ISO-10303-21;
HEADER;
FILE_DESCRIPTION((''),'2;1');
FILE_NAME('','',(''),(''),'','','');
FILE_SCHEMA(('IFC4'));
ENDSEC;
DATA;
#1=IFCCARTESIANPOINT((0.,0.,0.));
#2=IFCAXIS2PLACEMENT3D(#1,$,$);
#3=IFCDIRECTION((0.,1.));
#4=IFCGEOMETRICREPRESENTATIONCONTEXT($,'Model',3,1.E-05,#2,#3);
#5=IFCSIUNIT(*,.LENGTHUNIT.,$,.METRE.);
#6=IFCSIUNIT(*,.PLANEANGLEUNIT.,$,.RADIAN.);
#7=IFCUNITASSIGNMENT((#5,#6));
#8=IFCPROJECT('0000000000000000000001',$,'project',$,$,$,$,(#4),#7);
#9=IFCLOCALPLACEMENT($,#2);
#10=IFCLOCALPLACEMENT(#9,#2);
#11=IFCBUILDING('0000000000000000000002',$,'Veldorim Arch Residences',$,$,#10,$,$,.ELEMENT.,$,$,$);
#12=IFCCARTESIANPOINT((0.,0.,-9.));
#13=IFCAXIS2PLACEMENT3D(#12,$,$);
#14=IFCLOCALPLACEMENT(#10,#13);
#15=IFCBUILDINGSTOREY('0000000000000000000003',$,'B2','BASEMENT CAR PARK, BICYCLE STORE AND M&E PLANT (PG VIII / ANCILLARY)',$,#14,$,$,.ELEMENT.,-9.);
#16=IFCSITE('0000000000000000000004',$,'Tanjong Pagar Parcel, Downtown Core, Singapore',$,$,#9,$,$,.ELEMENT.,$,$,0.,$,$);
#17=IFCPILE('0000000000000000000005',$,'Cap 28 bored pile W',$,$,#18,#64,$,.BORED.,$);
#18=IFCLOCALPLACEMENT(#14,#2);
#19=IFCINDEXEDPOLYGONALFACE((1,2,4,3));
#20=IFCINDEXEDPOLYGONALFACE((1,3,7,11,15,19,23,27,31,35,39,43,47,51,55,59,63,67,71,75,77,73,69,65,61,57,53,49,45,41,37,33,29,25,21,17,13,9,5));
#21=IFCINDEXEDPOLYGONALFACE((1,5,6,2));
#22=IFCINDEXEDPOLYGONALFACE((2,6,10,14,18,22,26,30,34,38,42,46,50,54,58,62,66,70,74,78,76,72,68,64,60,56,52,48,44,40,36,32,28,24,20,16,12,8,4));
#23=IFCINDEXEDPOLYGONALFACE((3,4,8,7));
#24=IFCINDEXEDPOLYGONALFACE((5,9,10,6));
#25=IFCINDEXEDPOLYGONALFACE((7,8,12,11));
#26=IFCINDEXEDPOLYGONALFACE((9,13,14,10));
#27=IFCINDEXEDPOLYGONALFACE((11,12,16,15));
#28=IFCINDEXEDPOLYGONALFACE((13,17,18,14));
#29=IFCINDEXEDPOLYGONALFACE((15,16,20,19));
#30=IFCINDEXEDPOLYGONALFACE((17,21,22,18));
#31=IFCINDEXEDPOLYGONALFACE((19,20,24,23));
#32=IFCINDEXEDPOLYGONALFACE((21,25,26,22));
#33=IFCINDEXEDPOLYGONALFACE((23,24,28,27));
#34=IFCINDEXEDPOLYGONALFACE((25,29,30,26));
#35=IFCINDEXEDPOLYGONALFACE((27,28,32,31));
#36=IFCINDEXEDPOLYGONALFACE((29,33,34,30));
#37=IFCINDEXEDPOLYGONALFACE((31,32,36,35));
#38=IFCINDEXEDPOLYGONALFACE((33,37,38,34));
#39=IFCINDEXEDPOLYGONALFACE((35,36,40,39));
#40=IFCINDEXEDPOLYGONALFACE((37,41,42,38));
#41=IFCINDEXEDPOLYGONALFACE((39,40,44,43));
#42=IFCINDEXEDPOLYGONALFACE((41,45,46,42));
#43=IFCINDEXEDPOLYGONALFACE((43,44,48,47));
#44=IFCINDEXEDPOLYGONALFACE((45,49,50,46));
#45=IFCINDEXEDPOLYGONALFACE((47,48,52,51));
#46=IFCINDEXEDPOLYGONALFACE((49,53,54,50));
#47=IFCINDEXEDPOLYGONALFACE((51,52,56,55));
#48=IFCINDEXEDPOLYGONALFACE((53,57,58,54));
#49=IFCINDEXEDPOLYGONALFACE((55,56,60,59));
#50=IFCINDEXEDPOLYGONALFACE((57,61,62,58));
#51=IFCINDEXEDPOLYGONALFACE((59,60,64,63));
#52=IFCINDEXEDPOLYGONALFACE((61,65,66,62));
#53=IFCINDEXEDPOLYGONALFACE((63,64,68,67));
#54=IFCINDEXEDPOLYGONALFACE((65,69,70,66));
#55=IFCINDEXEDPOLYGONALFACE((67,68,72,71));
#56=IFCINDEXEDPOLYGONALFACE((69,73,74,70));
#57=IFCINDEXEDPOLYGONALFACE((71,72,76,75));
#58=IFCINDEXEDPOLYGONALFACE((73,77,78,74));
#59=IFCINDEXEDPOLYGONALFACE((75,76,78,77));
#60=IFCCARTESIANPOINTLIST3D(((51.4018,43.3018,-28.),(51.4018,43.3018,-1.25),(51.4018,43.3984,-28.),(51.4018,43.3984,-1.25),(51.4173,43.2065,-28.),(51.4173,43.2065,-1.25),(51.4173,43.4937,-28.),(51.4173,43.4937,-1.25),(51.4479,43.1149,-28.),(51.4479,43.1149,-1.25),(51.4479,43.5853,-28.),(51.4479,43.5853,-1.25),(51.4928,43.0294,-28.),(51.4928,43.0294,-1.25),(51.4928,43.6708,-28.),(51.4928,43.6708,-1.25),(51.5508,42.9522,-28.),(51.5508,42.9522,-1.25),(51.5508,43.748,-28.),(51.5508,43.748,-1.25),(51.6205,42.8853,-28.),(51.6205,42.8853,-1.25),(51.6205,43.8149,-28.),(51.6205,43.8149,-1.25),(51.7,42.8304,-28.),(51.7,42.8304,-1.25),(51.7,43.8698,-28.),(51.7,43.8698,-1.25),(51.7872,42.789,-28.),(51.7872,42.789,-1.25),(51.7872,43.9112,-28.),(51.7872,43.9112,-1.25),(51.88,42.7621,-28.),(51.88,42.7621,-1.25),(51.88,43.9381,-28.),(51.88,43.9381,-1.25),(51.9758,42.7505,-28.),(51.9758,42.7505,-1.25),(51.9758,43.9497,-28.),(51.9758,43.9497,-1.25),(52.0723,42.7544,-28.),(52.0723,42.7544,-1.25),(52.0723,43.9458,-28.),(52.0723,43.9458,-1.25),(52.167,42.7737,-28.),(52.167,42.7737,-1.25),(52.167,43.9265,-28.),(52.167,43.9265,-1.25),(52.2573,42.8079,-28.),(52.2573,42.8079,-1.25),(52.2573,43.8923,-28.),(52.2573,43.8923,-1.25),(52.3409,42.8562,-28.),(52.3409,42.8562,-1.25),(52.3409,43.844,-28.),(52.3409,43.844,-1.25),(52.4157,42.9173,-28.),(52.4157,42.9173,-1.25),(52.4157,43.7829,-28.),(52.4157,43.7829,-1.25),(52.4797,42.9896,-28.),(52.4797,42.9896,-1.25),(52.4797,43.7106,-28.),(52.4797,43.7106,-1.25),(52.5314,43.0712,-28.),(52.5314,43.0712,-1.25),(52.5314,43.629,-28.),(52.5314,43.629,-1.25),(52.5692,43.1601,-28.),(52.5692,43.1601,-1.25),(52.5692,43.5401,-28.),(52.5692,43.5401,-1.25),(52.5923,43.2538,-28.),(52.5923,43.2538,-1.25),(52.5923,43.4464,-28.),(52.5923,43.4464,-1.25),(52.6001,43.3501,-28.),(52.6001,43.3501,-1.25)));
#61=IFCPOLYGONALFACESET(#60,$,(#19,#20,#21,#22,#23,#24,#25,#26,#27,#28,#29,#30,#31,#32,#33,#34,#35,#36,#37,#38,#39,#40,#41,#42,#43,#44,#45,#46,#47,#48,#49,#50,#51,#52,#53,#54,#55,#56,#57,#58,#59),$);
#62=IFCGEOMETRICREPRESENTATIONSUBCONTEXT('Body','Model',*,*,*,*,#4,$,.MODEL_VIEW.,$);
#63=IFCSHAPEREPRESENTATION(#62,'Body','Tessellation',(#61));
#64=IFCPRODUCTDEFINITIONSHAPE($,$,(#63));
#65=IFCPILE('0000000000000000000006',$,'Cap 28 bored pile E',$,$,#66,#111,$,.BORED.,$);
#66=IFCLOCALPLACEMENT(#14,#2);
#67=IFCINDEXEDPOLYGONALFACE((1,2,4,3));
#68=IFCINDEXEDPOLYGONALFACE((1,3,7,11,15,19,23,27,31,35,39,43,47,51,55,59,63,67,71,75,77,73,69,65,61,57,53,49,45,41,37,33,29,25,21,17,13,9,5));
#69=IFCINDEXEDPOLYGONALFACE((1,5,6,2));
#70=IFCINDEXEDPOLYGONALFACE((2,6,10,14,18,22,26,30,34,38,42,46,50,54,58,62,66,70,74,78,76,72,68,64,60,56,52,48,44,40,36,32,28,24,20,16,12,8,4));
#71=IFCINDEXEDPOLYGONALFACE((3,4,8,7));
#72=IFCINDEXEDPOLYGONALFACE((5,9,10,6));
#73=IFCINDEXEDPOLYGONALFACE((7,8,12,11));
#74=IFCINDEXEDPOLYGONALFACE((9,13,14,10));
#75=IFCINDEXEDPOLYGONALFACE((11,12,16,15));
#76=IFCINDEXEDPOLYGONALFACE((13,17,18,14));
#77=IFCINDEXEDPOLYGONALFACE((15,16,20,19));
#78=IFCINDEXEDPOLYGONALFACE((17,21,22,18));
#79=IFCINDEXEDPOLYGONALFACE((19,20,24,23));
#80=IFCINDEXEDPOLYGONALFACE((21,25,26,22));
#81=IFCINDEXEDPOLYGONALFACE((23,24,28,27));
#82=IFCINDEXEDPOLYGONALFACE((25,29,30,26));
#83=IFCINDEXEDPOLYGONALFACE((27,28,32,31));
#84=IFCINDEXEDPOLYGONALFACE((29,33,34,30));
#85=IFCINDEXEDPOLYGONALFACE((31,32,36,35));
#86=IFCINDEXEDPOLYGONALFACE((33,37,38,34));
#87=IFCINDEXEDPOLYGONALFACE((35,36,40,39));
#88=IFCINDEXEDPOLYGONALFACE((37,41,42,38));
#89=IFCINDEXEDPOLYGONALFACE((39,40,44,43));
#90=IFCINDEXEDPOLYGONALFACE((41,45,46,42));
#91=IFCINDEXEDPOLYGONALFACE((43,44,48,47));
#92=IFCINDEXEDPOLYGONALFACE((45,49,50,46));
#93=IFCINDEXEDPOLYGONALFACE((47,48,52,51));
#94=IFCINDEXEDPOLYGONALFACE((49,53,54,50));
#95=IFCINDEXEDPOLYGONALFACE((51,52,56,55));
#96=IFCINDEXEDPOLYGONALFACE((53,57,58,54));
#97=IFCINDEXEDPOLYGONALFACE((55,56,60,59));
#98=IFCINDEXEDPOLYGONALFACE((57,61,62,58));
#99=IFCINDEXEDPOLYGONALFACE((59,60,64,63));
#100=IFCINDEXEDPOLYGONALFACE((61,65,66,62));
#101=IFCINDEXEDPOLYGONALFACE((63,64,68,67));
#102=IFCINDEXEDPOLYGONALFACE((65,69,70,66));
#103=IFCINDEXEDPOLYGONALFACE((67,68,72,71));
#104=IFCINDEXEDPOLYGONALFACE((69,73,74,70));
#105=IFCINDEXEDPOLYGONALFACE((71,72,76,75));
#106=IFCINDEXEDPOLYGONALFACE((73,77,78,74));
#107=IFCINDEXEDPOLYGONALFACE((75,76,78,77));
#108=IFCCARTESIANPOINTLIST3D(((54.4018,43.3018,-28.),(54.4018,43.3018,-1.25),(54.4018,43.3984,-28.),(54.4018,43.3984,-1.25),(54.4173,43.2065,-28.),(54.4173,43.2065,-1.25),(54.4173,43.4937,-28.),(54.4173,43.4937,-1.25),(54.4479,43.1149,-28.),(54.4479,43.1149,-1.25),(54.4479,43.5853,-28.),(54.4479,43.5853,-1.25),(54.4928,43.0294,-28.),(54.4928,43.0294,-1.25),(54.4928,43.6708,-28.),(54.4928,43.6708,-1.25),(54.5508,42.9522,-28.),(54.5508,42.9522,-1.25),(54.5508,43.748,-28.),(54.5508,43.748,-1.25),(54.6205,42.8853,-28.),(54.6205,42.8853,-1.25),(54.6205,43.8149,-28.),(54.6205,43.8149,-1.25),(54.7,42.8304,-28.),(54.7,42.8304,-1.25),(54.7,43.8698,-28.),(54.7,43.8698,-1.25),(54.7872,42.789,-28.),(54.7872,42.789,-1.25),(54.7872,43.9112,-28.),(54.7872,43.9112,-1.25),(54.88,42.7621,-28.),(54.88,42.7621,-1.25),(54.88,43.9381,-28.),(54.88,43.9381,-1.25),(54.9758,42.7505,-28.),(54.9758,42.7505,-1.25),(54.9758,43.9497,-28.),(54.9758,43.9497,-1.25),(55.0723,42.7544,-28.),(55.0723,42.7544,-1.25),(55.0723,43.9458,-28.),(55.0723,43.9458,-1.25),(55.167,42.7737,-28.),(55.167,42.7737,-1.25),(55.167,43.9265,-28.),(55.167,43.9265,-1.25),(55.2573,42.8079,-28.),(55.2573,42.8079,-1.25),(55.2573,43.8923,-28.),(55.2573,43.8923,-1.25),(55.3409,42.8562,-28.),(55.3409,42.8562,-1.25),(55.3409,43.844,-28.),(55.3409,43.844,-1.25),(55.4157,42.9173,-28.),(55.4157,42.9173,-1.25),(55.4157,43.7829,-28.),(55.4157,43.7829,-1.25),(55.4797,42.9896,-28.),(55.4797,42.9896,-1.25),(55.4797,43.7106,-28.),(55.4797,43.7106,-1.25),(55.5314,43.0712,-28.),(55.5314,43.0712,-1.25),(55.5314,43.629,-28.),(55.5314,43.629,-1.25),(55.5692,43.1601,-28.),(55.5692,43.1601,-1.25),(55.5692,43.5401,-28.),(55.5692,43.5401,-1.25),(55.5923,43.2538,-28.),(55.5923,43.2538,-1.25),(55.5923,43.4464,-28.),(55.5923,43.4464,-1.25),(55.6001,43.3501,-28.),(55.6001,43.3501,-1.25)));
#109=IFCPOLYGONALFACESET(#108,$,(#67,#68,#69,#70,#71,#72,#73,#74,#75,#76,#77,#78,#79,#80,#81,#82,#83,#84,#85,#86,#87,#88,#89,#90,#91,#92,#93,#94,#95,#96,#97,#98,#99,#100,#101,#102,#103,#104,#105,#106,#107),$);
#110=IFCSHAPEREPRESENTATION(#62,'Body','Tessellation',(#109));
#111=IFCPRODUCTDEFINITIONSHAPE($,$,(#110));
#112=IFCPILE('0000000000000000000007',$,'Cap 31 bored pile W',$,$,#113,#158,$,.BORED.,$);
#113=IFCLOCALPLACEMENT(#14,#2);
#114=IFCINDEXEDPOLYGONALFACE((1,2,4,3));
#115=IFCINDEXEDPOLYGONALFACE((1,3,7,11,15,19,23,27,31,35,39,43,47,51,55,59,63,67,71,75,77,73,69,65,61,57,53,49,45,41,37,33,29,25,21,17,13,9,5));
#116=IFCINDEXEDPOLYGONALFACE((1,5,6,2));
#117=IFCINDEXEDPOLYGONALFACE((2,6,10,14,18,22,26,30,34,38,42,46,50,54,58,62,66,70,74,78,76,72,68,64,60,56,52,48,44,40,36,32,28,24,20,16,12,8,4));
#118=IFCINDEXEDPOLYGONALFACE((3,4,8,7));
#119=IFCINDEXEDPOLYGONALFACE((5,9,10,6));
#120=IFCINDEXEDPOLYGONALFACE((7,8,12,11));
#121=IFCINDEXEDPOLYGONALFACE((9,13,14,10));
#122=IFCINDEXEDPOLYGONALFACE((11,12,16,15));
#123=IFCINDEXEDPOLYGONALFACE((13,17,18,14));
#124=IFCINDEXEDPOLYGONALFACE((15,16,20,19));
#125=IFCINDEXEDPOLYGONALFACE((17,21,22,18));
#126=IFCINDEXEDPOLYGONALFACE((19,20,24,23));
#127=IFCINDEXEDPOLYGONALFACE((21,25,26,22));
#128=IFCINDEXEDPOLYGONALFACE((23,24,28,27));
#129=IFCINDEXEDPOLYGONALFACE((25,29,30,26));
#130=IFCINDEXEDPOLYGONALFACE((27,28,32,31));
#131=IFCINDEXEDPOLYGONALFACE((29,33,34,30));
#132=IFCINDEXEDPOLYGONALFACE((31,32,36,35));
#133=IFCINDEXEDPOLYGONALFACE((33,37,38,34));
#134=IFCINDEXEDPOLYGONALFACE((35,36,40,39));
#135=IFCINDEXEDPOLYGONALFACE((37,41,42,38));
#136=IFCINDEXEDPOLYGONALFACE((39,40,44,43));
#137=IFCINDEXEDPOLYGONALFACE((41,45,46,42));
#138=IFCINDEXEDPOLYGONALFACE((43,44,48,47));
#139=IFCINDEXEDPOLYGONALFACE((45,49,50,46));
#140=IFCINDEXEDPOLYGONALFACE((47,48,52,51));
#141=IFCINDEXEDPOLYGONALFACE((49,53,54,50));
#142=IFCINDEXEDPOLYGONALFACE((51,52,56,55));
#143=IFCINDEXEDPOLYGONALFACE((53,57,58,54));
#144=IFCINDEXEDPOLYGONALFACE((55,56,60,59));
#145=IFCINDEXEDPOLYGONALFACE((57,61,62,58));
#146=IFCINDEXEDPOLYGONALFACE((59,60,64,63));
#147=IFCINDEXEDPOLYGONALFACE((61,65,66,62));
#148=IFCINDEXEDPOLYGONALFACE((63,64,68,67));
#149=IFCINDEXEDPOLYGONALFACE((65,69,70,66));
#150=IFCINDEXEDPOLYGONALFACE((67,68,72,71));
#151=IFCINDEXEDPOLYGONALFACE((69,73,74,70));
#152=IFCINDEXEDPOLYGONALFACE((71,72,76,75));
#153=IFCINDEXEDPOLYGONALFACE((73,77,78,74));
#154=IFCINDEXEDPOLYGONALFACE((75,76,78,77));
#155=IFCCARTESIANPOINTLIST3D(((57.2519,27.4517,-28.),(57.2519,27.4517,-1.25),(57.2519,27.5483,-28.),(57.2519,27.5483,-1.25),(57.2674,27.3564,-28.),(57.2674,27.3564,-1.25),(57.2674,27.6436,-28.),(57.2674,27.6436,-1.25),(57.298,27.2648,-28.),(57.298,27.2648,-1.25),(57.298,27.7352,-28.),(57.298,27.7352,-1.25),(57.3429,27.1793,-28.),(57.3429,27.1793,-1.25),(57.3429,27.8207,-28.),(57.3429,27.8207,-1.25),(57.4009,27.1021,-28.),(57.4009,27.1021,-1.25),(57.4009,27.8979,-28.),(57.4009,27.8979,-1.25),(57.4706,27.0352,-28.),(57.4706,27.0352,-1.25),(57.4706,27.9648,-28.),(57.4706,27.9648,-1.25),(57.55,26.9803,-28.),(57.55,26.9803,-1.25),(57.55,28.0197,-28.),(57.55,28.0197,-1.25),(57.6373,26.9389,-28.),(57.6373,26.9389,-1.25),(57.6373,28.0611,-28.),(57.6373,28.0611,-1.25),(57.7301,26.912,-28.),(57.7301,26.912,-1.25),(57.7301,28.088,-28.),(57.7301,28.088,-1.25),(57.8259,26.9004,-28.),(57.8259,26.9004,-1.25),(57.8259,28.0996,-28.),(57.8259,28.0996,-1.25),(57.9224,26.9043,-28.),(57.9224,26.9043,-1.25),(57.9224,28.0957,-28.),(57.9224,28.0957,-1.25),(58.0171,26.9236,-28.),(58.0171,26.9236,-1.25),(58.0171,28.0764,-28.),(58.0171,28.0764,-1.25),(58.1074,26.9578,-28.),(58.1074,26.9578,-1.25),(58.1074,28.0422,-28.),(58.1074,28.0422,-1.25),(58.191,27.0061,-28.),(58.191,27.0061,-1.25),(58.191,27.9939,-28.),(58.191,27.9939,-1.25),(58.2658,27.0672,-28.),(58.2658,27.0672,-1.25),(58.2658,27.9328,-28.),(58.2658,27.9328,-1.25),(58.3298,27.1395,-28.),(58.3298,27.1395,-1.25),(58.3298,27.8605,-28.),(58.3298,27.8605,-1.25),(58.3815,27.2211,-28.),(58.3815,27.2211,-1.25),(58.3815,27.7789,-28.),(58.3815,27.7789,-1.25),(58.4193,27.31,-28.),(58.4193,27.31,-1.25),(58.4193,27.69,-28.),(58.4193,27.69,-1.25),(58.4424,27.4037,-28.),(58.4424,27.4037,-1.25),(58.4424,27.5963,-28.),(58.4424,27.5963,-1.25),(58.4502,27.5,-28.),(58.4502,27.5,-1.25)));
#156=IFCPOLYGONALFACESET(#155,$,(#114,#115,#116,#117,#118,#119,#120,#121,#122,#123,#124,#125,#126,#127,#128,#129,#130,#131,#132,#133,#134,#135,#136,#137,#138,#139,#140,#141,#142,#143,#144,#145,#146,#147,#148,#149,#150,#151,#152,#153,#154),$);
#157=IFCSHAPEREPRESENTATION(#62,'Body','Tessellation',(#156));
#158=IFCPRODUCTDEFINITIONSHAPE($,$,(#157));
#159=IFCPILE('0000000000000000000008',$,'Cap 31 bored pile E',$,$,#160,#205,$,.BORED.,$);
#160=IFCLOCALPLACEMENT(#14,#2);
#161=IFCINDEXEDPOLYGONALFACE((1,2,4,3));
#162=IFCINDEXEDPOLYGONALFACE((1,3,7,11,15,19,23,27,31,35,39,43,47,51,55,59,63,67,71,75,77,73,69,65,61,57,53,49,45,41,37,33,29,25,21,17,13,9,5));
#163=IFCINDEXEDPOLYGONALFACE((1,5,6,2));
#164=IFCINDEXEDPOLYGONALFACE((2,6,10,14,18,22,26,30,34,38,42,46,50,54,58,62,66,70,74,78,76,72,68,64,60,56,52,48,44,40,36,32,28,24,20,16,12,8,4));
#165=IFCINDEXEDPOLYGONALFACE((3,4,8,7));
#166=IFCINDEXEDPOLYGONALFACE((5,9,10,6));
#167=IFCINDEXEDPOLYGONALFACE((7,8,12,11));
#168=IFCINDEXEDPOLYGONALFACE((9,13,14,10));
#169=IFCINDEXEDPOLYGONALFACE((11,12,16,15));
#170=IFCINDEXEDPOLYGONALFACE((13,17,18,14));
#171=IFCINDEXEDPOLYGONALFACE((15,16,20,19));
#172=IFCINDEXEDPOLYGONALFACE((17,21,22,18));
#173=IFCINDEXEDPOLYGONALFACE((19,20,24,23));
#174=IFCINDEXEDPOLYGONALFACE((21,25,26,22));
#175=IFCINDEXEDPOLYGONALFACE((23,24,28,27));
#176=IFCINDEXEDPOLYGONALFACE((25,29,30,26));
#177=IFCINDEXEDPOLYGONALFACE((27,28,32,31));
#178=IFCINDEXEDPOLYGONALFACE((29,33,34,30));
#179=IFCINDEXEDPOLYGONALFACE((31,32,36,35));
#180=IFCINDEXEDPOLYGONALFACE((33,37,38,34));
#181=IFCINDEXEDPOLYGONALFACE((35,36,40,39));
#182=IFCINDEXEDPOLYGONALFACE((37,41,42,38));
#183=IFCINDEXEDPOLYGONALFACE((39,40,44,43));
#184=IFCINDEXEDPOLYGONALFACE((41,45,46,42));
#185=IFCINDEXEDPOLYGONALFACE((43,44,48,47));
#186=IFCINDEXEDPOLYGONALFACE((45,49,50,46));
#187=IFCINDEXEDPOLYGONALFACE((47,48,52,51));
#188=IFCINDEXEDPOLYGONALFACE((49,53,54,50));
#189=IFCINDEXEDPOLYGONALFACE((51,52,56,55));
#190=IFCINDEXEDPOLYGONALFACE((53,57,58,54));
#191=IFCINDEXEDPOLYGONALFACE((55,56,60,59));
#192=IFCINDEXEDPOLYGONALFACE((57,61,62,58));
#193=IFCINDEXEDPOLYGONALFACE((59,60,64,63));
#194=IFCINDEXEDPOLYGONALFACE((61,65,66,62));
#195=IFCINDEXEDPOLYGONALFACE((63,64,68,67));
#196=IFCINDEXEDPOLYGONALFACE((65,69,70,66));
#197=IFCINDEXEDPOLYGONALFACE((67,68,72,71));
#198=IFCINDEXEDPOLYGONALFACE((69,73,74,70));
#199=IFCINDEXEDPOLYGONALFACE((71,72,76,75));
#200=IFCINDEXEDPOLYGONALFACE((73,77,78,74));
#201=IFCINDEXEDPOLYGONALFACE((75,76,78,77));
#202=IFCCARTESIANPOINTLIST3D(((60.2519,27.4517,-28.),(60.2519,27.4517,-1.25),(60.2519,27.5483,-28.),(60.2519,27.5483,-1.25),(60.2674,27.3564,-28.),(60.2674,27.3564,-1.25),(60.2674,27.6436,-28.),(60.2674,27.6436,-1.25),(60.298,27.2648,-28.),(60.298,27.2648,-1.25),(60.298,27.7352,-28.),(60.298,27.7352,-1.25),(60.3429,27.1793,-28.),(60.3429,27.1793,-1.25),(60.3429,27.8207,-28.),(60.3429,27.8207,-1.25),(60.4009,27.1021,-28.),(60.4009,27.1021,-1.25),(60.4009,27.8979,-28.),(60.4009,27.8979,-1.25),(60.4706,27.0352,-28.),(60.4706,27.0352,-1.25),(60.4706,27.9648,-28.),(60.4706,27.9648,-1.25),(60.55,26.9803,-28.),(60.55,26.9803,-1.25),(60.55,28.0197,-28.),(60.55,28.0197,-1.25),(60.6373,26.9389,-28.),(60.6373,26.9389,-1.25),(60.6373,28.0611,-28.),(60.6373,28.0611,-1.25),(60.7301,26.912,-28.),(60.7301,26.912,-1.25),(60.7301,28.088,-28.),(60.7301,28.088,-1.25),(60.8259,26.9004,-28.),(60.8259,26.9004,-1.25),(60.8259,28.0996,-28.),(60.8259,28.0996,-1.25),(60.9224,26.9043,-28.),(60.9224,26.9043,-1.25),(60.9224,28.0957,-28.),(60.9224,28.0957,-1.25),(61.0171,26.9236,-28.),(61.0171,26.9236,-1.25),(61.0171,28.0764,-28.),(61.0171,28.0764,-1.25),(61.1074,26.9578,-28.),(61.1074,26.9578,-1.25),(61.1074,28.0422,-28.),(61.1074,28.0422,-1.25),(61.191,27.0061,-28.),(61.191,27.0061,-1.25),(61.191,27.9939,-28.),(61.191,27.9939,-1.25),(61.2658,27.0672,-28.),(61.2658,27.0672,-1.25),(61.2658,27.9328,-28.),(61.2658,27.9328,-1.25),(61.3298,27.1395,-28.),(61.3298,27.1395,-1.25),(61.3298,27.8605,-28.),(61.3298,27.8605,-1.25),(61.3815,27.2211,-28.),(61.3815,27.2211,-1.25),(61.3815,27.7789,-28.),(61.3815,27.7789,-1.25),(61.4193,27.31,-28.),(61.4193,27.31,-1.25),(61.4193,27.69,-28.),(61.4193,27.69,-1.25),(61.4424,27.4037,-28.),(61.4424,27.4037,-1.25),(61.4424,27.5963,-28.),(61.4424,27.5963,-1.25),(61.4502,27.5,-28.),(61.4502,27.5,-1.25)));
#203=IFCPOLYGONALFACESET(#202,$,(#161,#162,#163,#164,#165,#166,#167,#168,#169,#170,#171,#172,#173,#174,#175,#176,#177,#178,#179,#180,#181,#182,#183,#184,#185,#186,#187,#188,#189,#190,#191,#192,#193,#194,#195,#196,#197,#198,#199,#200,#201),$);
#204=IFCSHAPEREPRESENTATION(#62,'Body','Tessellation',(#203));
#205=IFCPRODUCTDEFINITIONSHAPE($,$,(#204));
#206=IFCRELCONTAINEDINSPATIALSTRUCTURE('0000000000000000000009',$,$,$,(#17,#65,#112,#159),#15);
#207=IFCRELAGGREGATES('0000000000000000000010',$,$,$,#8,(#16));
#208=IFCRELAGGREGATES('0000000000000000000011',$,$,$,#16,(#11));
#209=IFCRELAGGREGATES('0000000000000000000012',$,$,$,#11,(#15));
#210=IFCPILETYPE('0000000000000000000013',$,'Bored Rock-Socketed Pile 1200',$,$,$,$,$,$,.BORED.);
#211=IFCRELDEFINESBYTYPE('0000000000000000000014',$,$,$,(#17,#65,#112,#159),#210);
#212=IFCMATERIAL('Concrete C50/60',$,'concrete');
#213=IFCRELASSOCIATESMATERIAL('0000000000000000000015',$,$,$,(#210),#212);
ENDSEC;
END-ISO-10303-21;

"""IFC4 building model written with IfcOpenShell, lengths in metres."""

from ifc_helpers import new_model, si_unit, direction, frame, origin, origin_2d, place, context, subcontext, project, spatial, circle, extrude, material, material_profile, profile_set, type_object, element, save


model = new_model("IFC4")

# Units and contexts
model_context = context("Model", 3, precision=1e-05, world=origin(), true_north=direction((0.0, 1.0)))
body_context = subcontext(model_context, "Body", "Model", "MODEL_VIEW")
ifc_project = project(units=[si_unit("LENGTHUNIT", "METRE"), si_unit("PLANEANGLEUNIT", "RADIAN")], contexts=[model_context])

# Site, building, storey
site_placement = place(None, origin())
site = spatial("IfcSite", under=ifc_project, at=site_placement, Name="Tanjong Pagar Parcel, Downtown Core, Singapore", CompositionType="ELEMENT", RefElevation=0.0)
building_placement = place(site_placement, origin())
building = spatial("IfcBuilding", under=site, at=building_placement, Name="Veldorim Arch Residences", CompositionType="ELEMENT")
storey_placement = place(building_placement, frame((0.0, 0.0, -9.0)))
storey = spatial("IfcBuildingStorey", under=building, at=storey_placement, Name="B2", Description="BASEMENT CAR PARK, BICYCLE STORE AND M&E PLANT (PG VIII / ANCILLARY)", CompositionType="ELEMENT", Elevation=-9.0)

# Piles
ifc_material_1 = material(Name="Concrete C50/60", Category="concrete")
ifc_material_profile_1 = material_profile(ifc_material_1, circle(Radius=0.6001, at=origin_2d()), Name="PILE_1200")
ifc_profile_set_1 = profile_set([ifc_material_profile_1], Name="Concrete C50/60")
pile_type = type_object("IfcPileType", Name="Bored Rock-Socketed Pile 1200", PredefinedType="BORED", material=ifc_profile_set_1)
for number, where, z_axis, x_axis, name in (
    (1, (52.0, 43.3501, -1.25), (0.0, 0.0, -1.0), (1.0, 0.0, 0.0), "Cap 28 bored pile W"),
    (2, (55.0, 43.3501, -1.25), (0.0, 0.0, -1.0), (1.0, 0.0, 0.0), "Cap 28 bored pile E"),
    (3, (57.8501, 27.5, -1.25), (0.0, 0.0, -1.0), (1.0, 0.0, 0.0), "Cap 31 bored pile W"),
    (4, (60.8501, 27.5, -1.25), (0.0, 0.0, -1.0), (1.0, 0.0, 0.0), "Cap 31 bored pile E"),
):
    element("IfcPile", number, at=place(storey_placement, frame(where, z_axis=z_axis, x_axis=x_axis)), inside=storey, type_object=pile_type, Name=name, PredefinedType="BORED", context=body_context, shape_type="SweptSolid", body=[
        extrude(circle(Radius=0.6001, at=origin_2d()), origin(), (0.0, 0.0, 1.0), 26.75),
    ])

save(model, "model.ifc")
